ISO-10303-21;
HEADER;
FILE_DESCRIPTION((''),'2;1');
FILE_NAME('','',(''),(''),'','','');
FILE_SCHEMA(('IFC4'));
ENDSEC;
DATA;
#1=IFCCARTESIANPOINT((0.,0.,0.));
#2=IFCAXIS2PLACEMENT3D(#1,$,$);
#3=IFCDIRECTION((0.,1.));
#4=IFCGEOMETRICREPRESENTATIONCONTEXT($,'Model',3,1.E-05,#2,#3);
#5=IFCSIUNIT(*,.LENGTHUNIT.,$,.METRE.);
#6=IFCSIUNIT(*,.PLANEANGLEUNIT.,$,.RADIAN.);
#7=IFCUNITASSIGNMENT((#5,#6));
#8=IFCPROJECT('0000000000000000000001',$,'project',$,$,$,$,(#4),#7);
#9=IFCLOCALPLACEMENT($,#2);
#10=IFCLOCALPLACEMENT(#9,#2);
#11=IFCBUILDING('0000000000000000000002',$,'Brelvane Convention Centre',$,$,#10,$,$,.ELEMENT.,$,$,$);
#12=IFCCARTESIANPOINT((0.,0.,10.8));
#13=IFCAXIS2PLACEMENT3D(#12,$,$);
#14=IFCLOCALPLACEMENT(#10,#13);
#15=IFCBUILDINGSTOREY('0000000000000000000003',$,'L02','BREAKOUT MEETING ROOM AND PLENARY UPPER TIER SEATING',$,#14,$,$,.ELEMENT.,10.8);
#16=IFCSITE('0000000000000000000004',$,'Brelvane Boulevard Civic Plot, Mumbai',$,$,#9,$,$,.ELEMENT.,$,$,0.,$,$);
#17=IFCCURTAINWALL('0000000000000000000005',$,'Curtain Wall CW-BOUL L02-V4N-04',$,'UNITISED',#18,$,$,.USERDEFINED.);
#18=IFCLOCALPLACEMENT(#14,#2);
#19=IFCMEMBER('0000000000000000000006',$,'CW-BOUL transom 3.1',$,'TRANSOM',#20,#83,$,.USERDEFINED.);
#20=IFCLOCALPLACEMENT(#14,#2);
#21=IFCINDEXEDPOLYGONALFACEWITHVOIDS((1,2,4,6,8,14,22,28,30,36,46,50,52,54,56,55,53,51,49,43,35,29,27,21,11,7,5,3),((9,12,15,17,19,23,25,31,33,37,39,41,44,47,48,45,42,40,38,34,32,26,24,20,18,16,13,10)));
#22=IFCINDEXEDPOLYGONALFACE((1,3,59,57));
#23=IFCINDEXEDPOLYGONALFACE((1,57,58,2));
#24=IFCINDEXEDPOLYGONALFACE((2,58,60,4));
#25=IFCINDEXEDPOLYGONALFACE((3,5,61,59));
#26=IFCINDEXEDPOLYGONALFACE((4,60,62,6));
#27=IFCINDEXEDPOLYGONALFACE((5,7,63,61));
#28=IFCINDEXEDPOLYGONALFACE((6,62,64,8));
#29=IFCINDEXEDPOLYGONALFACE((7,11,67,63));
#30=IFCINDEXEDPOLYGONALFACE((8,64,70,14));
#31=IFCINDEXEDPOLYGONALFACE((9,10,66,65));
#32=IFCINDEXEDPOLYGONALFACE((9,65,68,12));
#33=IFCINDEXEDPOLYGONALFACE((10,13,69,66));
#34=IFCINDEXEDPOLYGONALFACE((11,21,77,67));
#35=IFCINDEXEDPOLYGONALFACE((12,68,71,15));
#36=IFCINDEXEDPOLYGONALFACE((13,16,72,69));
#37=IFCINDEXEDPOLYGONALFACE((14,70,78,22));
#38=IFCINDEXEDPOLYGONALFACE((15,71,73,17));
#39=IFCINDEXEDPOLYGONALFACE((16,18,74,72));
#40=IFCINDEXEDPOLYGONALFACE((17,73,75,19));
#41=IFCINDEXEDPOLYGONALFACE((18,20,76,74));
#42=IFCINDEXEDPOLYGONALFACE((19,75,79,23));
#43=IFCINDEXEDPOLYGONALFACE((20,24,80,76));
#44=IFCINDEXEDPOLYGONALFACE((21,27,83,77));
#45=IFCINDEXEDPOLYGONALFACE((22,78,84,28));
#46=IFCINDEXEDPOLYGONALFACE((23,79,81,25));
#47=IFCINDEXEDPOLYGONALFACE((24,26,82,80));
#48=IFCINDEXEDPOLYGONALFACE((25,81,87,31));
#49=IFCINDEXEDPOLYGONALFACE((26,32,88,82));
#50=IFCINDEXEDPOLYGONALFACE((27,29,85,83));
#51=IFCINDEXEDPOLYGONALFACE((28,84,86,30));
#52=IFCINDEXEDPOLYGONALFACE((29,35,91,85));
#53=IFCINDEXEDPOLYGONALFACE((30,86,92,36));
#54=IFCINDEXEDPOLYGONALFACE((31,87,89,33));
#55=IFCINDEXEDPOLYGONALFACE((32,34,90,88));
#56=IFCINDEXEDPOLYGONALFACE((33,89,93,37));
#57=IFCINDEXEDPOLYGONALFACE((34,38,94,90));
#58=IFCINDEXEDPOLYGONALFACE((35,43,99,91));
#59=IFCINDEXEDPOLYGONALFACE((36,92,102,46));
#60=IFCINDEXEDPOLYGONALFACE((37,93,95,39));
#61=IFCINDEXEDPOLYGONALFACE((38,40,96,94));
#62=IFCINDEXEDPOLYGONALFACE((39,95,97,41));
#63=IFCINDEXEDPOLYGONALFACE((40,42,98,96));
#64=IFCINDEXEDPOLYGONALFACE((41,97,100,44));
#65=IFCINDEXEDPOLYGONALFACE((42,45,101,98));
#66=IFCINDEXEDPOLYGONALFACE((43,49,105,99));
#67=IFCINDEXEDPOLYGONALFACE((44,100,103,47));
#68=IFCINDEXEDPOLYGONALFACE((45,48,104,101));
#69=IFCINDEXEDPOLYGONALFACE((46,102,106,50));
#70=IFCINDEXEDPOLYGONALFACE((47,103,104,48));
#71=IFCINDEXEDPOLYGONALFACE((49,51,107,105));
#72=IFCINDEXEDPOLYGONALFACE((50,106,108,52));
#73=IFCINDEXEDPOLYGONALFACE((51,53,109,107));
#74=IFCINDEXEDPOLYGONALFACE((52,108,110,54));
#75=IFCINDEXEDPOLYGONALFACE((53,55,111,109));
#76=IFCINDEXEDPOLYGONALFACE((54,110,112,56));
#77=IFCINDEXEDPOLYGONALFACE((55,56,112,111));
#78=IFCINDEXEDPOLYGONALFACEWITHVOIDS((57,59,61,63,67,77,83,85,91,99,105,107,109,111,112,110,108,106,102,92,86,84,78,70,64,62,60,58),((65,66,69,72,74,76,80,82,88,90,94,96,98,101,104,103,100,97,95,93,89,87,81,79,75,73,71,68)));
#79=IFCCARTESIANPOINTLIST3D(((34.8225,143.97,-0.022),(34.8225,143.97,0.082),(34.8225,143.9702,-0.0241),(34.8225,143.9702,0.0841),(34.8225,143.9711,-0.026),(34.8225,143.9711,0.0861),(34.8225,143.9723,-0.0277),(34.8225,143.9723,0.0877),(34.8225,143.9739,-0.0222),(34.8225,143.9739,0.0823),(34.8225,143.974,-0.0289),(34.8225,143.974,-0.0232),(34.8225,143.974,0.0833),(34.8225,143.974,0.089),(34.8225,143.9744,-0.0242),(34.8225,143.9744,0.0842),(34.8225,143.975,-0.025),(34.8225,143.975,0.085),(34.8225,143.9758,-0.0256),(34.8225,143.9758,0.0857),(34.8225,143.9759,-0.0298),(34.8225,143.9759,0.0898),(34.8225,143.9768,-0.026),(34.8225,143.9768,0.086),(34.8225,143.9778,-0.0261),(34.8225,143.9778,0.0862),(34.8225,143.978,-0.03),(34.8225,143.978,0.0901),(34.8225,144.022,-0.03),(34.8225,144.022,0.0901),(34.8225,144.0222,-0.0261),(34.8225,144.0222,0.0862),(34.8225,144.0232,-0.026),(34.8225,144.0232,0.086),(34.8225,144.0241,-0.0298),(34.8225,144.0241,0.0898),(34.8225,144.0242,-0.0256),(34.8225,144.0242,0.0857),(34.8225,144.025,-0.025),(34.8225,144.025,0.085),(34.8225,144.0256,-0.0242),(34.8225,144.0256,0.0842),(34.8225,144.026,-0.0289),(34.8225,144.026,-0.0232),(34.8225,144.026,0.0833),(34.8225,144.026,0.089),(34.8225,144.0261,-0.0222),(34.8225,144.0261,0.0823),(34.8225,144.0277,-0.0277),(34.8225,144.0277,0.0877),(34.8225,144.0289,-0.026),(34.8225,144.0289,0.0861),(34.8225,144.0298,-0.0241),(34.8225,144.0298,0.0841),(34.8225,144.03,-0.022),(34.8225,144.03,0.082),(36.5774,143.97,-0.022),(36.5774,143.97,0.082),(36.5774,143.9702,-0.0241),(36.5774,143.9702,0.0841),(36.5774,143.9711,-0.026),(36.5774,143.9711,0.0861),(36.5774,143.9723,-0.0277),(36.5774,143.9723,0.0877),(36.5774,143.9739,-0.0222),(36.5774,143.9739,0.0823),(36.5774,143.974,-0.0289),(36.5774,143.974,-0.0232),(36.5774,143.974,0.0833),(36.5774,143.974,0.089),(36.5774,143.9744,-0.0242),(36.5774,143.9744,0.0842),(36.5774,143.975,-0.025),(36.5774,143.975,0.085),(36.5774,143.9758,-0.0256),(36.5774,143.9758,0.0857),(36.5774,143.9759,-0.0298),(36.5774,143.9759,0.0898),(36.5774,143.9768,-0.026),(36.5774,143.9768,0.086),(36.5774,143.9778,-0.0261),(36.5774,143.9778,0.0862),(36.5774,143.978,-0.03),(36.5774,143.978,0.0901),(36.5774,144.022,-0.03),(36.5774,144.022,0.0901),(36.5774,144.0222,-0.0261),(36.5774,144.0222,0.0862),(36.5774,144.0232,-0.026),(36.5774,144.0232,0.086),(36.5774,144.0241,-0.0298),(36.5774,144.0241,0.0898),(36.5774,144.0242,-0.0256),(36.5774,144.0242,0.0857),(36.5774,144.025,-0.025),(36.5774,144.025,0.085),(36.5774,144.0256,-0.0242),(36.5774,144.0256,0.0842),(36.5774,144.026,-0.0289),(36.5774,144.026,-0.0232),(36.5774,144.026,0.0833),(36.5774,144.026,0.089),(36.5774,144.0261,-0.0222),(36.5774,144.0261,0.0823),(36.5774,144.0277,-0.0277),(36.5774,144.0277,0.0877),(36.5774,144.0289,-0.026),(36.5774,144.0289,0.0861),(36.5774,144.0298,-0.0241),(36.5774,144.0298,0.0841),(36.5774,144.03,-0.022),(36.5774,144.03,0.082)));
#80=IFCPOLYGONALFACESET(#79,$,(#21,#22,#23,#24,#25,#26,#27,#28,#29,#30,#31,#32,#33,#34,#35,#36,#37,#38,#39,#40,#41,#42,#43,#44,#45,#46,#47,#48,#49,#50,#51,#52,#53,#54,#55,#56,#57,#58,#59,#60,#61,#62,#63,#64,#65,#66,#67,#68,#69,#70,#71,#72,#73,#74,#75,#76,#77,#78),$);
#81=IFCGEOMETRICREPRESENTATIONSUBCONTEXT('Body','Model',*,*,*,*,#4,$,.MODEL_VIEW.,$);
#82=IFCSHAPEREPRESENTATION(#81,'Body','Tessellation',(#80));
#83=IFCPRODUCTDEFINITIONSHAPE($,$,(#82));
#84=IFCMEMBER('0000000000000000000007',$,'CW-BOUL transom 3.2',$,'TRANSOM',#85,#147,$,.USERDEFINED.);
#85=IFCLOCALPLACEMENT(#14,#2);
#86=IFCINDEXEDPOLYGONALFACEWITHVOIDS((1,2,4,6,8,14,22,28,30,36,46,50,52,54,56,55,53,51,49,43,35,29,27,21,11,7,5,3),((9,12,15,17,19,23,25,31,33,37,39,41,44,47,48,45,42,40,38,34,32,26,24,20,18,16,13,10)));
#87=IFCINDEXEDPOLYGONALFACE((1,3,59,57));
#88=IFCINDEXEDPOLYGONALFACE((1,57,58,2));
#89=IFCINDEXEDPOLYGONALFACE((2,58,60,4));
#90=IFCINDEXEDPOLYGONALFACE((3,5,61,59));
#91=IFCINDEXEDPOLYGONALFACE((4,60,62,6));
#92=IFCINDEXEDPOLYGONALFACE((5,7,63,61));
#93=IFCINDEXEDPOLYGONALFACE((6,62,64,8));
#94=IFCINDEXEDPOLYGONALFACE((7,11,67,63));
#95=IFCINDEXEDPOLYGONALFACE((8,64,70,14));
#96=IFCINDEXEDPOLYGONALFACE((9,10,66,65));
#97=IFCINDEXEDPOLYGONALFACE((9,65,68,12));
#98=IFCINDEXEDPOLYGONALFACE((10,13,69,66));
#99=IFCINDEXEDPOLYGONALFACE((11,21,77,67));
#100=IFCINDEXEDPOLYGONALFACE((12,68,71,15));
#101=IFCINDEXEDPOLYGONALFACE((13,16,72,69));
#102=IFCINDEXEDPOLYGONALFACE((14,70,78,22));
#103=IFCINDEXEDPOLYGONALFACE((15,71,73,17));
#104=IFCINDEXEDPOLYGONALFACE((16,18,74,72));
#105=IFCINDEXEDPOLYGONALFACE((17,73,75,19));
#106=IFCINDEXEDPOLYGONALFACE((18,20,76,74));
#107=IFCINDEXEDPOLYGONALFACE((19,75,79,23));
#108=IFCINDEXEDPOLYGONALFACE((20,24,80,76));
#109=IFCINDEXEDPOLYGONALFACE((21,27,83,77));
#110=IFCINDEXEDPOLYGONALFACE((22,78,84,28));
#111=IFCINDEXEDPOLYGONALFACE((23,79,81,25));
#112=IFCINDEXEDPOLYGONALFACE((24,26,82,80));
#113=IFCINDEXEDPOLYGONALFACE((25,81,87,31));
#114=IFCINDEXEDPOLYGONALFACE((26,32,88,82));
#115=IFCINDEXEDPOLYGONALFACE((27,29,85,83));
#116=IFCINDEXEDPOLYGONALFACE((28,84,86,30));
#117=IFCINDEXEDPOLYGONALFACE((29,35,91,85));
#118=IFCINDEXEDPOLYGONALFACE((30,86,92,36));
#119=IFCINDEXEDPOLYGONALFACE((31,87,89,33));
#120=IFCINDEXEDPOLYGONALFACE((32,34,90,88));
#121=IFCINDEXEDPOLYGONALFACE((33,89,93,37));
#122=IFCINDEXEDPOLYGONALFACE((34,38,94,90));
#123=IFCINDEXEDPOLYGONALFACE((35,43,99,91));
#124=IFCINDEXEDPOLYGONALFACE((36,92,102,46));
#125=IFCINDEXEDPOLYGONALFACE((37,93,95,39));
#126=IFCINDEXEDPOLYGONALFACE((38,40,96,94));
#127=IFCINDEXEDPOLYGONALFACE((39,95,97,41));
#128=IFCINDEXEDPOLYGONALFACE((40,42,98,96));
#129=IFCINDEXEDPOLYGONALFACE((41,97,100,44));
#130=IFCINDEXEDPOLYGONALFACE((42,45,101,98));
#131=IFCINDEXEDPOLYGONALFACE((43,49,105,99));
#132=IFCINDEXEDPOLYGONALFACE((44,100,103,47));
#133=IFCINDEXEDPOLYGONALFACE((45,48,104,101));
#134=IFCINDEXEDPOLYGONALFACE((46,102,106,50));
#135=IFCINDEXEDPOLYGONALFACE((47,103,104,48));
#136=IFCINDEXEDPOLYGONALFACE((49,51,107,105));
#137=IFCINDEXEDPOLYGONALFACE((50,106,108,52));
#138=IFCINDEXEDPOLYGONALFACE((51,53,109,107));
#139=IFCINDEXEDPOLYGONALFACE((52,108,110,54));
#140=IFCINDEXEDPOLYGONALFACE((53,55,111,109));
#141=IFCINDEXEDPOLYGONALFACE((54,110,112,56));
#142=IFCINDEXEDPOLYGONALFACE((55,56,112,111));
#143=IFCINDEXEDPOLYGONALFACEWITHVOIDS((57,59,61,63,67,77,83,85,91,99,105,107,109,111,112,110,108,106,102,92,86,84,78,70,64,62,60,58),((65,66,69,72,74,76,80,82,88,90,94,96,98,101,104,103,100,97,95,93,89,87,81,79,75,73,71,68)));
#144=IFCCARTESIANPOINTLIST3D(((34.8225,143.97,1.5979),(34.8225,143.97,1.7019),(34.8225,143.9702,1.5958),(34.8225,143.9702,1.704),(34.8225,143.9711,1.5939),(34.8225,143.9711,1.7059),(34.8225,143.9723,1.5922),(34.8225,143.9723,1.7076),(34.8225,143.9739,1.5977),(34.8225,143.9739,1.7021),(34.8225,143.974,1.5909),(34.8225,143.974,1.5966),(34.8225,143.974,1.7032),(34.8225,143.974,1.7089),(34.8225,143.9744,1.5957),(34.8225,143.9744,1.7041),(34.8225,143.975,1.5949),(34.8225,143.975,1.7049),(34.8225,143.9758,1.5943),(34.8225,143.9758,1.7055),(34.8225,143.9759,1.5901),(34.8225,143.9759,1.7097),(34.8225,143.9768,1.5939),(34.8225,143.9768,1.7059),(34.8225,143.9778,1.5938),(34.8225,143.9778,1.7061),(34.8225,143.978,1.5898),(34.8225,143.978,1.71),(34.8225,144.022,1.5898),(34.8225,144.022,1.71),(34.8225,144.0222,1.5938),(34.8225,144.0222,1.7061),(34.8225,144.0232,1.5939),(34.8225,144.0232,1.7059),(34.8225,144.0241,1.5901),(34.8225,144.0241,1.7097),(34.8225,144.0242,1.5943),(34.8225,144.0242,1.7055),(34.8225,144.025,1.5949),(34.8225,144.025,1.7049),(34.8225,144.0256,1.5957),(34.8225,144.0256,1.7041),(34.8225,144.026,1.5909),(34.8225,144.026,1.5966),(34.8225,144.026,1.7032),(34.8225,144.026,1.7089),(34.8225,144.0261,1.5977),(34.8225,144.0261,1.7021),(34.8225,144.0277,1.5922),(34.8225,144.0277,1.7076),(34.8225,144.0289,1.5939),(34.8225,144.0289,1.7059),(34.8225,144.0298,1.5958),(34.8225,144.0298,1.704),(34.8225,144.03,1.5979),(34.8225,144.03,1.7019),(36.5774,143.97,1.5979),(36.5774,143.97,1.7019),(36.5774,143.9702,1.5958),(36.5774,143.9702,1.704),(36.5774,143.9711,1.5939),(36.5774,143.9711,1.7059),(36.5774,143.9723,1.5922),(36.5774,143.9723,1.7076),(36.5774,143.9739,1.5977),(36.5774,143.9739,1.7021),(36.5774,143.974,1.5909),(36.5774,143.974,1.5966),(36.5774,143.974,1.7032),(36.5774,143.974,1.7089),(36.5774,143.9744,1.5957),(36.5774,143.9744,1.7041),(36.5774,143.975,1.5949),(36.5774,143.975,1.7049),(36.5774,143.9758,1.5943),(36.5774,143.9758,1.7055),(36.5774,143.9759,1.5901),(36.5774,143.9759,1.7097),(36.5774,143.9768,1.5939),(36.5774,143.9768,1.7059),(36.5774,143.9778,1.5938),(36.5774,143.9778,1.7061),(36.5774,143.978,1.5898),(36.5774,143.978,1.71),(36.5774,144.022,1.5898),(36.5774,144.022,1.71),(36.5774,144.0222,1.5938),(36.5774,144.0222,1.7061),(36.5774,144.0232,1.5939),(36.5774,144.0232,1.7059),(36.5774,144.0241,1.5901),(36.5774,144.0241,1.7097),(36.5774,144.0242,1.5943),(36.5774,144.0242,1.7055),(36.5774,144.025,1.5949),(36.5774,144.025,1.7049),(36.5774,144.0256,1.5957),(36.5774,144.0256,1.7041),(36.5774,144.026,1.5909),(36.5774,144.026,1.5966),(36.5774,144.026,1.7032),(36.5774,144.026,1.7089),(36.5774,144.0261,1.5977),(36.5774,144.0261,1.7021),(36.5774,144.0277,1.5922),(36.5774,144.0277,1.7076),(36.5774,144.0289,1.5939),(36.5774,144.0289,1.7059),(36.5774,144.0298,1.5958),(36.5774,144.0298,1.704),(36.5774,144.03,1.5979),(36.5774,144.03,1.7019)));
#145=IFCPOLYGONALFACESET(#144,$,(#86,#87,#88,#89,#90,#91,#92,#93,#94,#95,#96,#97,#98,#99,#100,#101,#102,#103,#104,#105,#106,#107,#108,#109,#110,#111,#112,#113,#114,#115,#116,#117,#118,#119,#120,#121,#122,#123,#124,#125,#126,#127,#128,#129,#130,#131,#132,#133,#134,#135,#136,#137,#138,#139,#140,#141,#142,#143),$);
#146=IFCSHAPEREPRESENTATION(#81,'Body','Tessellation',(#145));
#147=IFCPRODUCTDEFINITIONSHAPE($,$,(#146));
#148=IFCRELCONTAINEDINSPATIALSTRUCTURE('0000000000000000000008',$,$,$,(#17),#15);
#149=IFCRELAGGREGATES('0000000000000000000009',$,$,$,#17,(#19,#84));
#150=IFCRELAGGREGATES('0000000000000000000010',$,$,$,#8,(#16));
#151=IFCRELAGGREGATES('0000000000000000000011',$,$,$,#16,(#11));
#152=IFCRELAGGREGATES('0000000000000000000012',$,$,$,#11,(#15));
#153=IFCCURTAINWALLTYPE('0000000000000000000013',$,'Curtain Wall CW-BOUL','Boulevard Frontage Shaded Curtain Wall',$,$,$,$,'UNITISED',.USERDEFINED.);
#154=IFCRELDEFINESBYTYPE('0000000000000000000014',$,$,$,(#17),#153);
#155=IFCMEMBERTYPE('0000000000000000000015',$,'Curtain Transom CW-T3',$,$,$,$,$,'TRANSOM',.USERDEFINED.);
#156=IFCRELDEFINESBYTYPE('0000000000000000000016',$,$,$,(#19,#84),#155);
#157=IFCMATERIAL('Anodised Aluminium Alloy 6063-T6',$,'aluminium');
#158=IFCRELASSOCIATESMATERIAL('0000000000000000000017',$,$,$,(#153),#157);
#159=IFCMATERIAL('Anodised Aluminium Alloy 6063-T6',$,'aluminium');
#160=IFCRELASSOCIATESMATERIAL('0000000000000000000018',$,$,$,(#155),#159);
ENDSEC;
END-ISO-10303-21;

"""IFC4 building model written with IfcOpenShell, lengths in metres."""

from ifc_helpers import new_model, si_unit, direction, frame, origin, origin_2d, place, context, subcontext, project, spatial, hollow_rectangle, extrude, material, material_profile, profile_set, type_object, element, aggregate, save


model = new_model("IFC4")

# Units and contexts
model_context = context("Model", 3, precision=1e-05, world=origin(), true_north=direction((0.0, 1.0)))
body_context = subcontext(model_context, "Body", "Model", "MODEL_VIEW")
ifc_project = project(units=[si_unit("LENGTHUNIT", "METRE"), si_unit("PLANEANGLEUNIT", "RADIAN")], contexts=[model_context])

# Site, building, storey
site_placement = place(None, origin())
site = spatial("IfcSite", under=ifc_project, at=site_placement, Name="Brelvane Boulevard Civic Plot, Mumbai", CompositionType="ELEMENT", RefElevation=0.0)
building_placement = place(site_placement, origin())
building = spatial("IfcBuilding", under=site, at=building_placement, Name="Brelvane Convention Centre", CompositionType="ELEMENT")
storey_placement = place(building_placement, frame((0.0, 0.0, 10.8)))
storey = spatial("IfcBuildingStorey", under=building, at=storey_placement, Name="L02", Description="BREAKOUT MEETING ROOM AND PLENARY UPPER TIER SEATING", CompositionType="ELEMENT", Elevation=10.8)

# Curtain wall, members
ifc_material_1 = material(Name="Anodised Aluminium Alloy 6063-T6", Category="aluminium")
curtain_wall_type = type_object("IfcCurtainWallType", Name="Curtain Wall CW-BOUL", Description="Boulevard Frontage Shaded Curtain Wall", ElementType="UNITISED", PredefinedType="USERDEFINED", material=ifc_material_1)
curtain_wall_placement = place(storey_placement, origin())
curtain_wall = element("IfcCurtainWall", 1, at=curtain_wall_placement, inside=storey, type_object=curtain_wall_type, Name="Curtain Wall CW-BOUL L02-V4N-04", ObjectType="UNITISED", PredefinedType="USERDEFINED")
ifc_material_2 = material(Name="Anodised Aluminium Alloy 6063-T6", Category="aluminium")
ifc_material_profile_1 = material_profile(ifc_material_2, hollow_rectangle(XDim=0.0601, YDim=0.1201, WallThickness=0.0039, InnerFilletRadius=0.0039, OuterFilletRadius=0.0081, at=origin_2d()), Name="ALU-T 120x60x4.0")
ifc_profile_set_1 = profile_set([ifc_material_profile_1], Name="Anodised Aluminium Alloy 6063-T6")
member_type_1 = type_object("IfcMemberType", Name="Curtain Transom CW-T3", ElementType="TRANSOM", PredefinedType="USERDEFINED", material=ifc_profile_set_1)
member_1_placement = place(storey_placement, frame((34.8225, 144.0, 0.03), z_axis=(1.0, 0.0, 0.0), x_axis=(0.0, 1.0, 0.0)))
member_1 = element("IfcMember", 2, at=member_1_placement, type_object=member_type_1, Name="CW-BOUL transom 3.1", ObjectType="TRANSOM", PredefinedType="USERDEFINED", context=body_context, shape_type="SweptSolid", body=[
    extrude(hollow_rectangle(XDim=0.0601, YDim=0.1201, WallThickness=0.0039, InnerFilletRadius=0.0039, OuterFilletRadius=0.0081, at=origin_2d()), origin(), (0.0, 0.0, 1.0), 1.7549),
])
member_2_placement = place(storey_placement, frame((34.8225, 144.0, 1.6499), z_axis=(1.0, 0.0, 0.0), x_axis=(0.0, 1.0, 0.0)))
member_2 = element("IfcMember", 3, at=member_2_placement, type_object=member_type_1, Name="CW-BOUL transom 3.2", ObjectType="TRANSOM", PredefinedType="USERDEFINED", context=body_context, shape_type="SweptSolid", body=[
    extrude(hollow_rectangle(XDim=0.0601, YDim=0.1201, WallThickness=0.0039, InnerFilletRadius=0.0039, OuterFilletRadius=0.0081, at=origin_2d()), origin(), (0.0, 0.0, 1.0), 1.7549),
])

aggregate(curtain_wall, [member_1, member_2])

save(model, "model.ifc")
